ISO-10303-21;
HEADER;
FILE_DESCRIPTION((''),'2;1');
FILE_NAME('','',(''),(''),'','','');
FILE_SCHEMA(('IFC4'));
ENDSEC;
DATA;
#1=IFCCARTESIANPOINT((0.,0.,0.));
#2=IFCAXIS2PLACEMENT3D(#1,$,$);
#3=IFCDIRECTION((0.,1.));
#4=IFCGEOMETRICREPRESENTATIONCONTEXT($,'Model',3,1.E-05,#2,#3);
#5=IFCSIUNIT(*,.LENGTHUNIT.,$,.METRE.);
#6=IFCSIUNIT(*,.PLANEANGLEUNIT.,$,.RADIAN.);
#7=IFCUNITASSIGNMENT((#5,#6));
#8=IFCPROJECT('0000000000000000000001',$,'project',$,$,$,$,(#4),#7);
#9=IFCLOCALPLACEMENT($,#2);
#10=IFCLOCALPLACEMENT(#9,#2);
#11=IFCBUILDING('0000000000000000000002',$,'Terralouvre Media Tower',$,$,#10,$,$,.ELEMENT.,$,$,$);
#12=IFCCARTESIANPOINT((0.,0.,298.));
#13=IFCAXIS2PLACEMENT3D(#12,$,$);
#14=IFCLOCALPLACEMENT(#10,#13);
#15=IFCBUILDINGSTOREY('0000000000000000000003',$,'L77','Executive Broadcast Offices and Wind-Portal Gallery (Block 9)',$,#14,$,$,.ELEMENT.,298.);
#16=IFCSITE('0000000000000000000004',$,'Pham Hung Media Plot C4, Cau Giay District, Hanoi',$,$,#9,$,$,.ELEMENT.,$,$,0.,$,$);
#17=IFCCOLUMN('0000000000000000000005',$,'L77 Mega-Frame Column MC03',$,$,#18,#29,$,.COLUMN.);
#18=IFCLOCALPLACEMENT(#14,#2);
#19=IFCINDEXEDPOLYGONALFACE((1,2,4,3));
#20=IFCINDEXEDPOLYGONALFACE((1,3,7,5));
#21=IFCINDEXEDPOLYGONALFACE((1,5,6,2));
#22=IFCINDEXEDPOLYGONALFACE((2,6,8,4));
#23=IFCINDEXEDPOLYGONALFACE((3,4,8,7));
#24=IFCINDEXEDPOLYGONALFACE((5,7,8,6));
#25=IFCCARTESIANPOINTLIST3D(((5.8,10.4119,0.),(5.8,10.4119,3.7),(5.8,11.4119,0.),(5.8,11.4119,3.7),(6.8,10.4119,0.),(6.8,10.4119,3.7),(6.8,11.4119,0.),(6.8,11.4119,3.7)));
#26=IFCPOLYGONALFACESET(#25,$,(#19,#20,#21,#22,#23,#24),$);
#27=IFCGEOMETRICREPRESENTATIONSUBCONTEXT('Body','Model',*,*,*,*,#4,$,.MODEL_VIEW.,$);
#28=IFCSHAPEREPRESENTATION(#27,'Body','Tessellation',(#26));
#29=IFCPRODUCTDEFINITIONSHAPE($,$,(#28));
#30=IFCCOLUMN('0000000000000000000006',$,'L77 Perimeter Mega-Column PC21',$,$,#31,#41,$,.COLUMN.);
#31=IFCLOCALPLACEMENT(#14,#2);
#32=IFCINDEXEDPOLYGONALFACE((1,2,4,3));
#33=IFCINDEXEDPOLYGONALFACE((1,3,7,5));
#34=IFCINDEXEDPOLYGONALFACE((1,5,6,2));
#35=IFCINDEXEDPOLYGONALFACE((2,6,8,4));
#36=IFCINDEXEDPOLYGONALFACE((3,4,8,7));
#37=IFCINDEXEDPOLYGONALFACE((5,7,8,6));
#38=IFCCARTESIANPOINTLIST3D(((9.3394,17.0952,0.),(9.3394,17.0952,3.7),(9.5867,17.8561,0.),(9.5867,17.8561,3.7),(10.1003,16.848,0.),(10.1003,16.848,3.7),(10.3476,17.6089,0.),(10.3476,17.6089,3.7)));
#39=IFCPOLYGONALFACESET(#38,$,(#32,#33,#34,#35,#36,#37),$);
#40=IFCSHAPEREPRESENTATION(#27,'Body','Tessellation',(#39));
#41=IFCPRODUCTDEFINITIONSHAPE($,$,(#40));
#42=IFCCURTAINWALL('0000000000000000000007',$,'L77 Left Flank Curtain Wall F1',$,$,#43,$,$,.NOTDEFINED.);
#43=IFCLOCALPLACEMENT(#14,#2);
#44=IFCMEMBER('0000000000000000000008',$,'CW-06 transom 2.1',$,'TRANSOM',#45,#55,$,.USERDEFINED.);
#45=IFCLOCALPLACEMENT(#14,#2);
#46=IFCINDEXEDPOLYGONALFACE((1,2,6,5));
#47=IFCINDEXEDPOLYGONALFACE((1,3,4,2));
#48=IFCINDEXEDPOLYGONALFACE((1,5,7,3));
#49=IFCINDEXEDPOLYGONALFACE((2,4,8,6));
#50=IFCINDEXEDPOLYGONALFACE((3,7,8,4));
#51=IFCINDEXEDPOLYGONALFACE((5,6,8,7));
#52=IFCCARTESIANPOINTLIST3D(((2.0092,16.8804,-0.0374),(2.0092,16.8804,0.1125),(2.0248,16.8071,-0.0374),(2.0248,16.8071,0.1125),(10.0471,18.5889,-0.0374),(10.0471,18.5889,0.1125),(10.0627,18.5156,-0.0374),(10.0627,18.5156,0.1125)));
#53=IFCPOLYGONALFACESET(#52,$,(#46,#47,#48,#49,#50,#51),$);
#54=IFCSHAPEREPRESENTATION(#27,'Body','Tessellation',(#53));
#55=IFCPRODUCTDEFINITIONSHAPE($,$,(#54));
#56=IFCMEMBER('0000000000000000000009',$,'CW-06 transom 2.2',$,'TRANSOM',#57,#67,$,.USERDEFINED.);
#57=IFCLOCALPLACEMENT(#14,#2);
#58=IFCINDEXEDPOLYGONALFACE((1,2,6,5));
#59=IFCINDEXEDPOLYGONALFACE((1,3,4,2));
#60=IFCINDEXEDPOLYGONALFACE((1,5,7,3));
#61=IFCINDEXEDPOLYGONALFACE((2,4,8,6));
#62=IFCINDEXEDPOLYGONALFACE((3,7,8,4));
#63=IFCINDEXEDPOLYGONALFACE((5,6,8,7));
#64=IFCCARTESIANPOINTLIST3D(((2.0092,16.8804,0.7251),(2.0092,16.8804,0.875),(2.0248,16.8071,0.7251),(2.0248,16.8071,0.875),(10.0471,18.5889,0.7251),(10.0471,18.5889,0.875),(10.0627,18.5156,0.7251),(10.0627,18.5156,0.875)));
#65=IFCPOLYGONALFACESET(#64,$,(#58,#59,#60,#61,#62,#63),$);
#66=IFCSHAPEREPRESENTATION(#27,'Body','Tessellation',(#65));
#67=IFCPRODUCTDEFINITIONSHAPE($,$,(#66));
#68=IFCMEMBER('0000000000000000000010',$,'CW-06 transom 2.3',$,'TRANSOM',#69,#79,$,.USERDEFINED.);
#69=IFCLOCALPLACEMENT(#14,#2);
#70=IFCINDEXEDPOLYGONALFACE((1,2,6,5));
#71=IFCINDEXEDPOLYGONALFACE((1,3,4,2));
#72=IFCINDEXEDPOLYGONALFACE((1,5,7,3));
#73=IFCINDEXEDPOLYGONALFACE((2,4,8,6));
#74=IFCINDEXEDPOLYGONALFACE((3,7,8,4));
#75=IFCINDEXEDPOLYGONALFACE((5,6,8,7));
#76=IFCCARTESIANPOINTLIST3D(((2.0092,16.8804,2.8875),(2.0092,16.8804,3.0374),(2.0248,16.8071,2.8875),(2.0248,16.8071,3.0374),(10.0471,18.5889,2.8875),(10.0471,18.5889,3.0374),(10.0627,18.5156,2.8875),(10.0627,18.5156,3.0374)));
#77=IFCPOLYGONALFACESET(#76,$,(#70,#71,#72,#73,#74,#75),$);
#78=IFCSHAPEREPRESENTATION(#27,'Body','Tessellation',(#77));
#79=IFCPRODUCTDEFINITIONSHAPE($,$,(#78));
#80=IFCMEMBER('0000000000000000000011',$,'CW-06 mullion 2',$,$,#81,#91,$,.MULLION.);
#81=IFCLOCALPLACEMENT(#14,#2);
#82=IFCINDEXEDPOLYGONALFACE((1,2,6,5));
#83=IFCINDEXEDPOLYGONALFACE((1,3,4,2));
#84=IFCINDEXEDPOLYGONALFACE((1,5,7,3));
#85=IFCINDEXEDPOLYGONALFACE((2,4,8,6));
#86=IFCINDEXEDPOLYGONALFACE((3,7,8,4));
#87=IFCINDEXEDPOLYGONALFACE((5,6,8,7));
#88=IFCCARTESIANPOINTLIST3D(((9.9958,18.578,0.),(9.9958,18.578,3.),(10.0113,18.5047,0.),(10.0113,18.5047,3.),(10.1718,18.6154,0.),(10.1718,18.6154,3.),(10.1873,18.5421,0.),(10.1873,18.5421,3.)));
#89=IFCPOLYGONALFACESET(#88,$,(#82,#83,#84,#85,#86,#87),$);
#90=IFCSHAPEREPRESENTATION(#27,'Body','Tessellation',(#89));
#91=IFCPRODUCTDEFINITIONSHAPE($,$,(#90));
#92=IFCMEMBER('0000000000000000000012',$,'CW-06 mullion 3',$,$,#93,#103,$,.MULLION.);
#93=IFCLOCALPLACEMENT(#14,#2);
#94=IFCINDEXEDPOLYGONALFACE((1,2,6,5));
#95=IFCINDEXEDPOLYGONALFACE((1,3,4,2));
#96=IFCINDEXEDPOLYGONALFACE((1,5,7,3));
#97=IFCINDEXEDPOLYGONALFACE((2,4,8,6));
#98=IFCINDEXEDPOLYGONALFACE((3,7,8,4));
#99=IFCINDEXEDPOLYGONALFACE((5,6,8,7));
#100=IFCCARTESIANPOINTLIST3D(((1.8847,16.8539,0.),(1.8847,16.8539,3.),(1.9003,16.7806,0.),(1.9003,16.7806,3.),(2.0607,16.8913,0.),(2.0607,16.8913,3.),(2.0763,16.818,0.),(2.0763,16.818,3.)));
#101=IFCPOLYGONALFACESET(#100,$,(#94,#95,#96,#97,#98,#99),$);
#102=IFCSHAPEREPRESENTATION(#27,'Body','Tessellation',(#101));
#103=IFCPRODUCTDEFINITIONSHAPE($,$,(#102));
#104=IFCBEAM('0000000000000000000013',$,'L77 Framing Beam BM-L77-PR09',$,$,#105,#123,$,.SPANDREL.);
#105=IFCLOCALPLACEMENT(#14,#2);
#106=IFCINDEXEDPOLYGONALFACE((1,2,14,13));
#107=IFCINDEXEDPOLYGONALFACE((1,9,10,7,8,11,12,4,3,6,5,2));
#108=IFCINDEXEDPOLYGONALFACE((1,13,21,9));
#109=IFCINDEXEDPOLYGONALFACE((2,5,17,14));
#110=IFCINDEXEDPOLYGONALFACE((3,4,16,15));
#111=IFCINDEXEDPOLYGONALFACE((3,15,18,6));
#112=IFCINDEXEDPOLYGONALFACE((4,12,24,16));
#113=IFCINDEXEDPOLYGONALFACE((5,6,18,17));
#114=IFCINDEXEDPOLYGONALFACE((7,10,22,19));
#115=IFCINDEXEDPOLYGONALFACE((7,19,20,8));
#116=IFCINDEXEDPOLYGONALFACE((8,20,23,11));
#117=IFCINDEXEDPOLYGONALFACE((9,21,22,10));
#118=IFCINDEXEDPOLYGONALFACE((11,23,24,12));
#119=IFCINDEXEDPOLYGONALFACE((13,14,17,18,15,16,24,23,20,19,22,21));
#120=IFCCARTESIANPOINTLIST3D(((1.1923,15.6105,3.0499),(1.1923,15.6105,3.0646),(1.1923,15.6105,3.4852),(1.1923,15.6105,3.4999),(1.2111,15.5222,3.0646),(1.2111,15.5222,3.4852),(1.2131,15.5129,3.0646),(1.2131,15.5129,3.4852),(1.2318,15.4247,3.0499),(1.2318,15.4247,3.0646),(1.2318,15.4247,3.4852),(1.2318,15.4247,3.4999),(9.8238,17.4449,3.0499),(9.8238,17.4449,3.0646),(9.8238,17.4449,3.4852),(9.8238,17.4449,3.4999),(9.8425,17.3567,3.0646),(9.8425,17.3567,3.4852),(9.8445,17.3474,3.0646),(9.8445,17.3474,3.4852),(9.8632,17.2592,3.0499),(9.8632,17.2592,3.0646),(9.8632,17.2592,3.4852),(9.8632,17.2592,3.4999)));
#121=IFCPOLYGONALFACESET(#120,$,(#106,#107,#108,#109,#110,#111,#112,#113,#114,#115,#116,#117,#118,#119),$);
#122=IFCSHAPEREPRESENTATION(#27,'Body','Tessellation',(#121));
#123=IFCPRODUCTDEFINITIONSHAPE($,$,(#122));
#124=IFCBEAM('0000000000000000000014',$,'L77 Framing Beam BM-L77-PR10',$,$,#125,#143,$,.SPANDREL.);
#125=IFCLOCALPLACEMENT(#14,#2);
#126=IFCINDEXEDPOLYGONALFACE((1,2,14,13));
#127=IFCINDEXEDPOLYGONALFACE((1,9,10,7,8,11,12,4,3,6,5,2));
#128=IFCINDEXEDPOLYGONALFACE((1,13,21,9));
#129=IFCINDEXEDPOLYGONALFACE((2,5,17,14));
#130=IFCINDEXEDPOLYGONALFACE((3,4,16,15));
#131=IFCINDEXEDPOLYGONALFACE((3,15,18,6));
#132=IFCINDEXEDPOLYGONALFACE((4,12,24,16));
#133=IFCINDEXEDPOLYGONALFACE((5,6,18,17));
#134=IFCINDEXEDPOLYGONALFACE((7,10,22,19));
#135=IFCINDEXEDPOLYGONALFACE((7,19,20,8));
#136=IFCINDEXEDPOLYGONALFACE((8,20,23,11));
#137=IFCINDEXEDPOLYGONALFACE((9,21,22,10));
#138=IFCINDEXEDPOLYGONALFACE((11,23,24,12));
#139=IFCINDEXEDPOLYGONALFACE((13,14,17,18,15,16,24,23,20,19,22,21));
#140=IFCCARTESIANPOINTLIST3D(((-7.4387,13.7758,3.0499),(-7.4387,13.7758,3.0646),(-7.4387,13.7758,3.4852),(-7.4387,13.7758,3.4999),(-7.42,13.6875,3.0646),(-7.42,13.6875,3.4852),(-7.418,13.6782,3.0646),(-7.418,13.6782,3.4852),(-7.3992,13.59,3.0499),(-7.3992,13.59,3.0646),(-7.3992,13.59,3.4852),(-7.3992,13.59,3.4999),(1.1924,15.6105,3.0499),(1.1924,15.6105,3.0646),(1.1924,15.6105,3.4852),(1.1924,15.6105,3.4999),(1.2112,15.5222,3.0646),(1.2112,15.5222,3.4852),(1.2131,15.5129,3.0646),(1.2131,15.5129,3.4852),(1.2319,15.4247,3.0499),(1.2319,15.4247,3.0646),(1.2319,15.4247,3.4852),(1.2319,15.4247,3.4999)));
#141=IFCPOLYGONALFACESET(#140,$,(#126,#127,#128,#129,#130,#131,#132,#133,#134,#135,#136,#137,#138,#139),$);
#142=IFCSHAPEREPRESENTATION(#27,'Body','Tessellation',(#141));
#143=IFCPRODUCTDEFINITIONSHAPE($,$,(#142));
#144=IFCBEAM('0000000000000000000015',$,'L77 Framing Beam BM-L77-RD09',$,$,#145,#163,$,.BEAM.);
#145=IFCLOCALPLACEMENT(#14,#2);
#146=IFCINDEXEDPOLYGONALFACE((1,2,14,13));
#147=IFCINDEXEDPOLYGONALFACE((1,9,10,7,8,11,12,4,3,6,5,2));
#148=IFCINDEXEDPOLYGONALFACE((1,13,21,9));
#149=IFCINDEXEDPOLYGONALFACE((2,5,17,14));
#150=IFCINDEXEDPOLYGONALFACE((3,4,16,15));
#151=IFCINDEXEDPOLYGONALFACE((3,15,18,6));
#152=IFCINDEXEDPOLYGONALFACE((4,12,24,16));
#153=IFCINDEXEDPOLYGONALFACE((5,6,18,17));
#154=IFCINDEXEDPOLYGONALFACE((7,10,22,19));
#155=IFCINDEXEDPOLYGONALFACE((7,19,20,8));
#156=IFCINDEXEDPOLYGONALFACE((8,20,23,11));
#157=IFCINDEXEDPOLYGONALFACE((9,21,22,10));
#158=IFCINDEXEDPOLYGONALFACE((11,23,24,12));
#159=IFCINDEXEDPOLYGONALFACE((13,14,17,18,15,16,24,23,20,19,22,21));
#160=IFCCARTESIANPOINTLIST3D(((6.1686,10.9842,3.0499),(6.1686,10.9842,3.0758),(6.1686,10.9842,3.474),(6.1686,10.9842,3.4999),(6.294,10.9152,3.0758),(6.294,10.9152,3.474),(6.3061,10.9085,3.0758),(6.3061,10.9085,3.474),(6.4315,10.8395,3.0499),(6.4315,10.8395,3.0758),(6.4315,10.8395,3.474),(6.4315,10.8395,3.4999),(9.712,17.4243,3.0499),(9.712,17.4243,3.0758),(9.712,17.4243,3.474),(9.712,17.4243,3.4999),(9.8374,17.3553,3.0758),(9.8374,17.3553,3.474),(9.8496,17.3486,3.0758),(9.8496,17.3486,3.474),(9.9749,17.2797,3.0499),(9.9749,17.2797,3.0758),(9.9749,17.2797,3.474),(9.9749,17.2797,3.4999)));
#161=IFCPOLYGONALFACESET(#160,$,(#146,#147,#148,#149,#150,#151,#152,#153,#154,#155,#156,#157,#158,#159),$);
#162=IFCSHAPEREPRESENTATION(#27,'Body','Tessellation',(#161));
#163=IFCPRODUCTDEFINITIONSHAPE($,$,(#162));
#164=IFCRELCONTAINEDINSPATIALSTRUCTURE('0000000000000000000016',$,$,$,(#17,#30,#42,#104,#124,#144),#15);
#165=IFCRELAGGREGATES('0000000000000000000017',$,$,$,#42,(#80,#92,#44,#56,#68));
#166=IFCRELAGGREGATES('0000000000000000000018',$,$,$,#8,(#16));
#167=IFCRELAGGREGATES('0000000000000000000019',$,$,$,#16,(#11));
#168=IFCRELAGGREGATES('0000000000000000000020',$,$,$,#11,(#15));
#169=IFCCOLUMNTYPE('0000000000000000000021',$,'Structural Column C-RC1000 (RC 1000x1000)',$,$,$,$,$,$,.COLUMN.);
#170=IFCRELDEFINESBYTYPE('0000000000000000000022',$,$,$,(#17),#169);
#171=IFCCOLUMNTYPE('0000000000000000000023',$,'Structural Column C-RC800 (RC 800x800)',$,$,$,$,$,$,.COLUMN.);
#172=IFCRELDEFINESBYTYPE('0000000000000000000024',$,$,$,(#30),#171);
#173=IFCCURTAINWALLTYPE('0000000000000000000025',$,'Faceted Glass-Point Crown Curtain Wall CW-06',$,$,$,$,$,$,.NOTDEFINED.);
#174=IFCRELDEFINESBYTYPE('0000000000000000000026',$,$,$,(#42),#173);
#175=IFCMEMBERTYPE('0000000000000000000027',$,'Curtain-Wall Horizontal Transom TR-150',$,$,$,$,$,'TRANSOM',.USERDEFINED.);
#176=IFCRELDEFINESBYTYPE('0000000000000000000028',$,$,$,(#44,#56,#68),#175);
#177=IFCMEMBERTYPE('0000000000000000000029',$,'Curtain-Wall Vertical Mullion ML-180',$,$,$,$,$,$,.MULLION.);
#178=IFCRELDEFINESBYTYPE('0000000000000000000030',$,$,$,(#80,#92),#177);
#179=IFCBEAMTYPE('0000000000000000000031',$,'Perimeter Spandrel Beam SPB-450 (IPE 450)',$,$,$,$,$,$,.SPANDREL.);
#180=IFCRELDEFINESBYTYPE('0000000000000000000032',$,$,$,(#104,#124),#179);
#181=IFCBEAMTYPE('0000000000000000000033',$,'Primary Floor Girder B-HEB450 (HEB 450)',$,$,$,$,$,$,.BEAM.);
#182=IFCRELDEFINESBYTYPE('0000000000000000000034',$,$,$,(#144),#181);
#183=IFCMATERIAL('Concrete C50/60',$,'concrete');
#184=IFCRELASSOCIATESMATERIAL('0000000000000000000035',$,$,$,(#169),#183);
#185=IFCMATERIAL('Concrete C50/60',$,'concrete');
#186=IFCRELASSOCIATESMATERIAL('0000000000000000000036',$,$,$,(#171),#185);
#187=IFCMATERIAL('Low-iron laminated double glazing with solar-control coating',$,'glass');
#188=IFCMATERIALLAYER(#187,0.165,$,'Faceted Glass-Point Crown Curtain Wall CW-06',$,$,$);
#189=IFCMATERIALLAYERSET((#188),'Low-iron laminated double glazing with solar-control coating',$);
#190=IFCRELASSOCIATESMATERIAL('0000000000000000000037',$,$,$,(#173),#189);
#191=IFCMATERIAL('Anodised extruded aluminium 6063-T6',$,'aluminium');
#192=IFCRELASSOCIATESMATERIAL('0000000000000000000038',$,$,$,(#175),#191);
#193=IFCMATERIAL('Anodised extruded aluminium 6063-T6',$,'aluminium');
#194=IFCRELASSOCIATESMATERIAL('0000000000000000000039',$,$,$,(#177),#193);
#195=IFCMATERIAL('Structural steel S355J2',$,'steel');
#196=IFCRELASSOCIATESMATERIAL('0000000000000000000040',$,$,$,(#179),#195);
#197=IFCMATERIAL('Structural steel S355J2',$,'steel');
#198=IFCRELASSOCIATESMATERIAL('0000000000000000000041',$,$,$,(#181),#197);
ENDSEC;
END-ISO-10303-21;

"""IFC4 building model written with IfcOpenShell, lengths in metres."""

from ifc_helpers import new_model, si_unit, direction, frame, origin, origin_2d, place, context, subcontext, project, spatial, rectangle, i_section, extrude, material, layer, layer_set, material_profile, profile_set, type_object, element, aggregate, save


model = new_model("IFC4")

# Units and contexts
model_context = context("Model", 3, precision=1e-05, world=origin(), true_north=direction((0.0, 1.0)))
body_context = subcontext(model_context, "Body", "Model", "MODEL_VIEW")
ifc_project = project(units=[si_unit("LENGTHUNIT", "METRE"), si_unit("PLANEANGLEUNIT", "RADIAN")], contexts=[model_context])

# Site, building, storey
site_placement = place(None, origin())
site = spatial("IfcSite", under=ifc_project, at=site_placement, Name="Pham Hung Media Plot C4, Cau Giay District, Hanoi", CompositionType="ELEMENT", RefElevation=0.0)
building_placement = place(site_placement, origin())
building = spatial("IfcBuilding", under=site, at=building_placement, Name="Terralouvre Media Tower", CompositionType="ELEMENT")
storey_placement = place(building_placement, frame((0.0, 0.0, 298.0)))
storey = spatial("IfcBuildingStorey", under=building, at=storey_placement, Name="L77", Description="Executive Broadcast Offices and Wind-Portal Gallery (Block 9)", CompositionType="ELEMENT", Elevation=298.0)

# Columns
ifc_material_1 = material(Name="Concrete C50/60", Category="concrete")
ifc_material_profile_1 = material_profile(ifc_material_1, rectangle(XDim=1.0, YDim=1.0, at=origin_2d()), Name="RC 1000x1000")
ifc_profile_set_1 = profile_set([ifc_material_profile_1], Name="Concrete C50/60")
column_type_1 = type_object("IfcColumnType", Name="Structural Column C-RC1000 (RC 1000x1000)", PredefinedType="COLUMN", material=ifc_profile_set_1)
column_1_placement = place(storey_placement, frame((6.3, 10.9119, 0.0), z_axis=(0.0, 0.0, 1.0), x_axis=(1.0, 0.0, 0.0)))
element("IfcColumn", 1, at=column_1_placement, inside=storey, type_object=column_type_1, Name="L77 Mega-Frame Column MC03", PredefinedType="COLUMN", context=body_context, shape_type="SweptSolid", body=[
    extrude(rectangle(XDim=1.0, YDim=1.0, at=origin_2d()), origin(), (0.0, 0.0, 1.0), 3.7),
])
ifc_material_2 = material(Name="Concrete C50/60", Category="concrete")
ifc_material_profile_2 = material_profile(ifc_material_2, rectangle(XDim=0.8, YDim=0.8, at=origin_2d()), Name="RC 800x800")
ifc_profile_set_2 = profile_set([ifc_material_profile_2], Name="Concrete C50/60")
column_type_2 = type_object("IfcColumnType", Name="Structural Column C-RC800 (RC 800x800)", PredefinedType="COLUMN", material=ifc_profile_set_2)
column_2_placement = place(storey_placement, frame((9.8435, 17.3521, 0.0), z_axis=(0.0, 0.0, 1.0), x_axis=(0.309017, 0.951057, 0.0)))
element("IfcColumn", 2, at=column_2_placement, inside=storey, type_object=column_type_2, Name="L77 Perimeter Mega-Column PC21", PredefinedType="COLUMN", context=body_context, shape_type="SweptSolid", body=[
    extrude(rectangle(XDim=0.8, YDim=0.8, at=origin_2d()), origin(), (0.0, 0.0, 1.0), 3.7),
])

# Curtain wall, members
ifc_material_3 = material(Name="Low-iron laminated double glazing with solar-control coating", Category="glass")
ifc_layer_1 = layer(ifc_material_3, 0.165, Name="Faceted Glass-Point Crown Curtain Wall CW-06")
ifc_layer_set_1 = layer_set([ifc_layer_1], Name="Low-iron laminated double glazing with solar-control coating")
curtain_wall_type = type_object("IfcCurtainWallType", Name="Faceted Glass-Point Crown Curtain Wall CW-06", PredefinedType="NOTDEFINED", material=ifc_layer_set_1)
curtain_wall_placement = place(storey_placement, origin())
curtain_wall = element("IfcCurtainWall", 3, at=curtain_wall_placement, inside=storey, type_object=curtain_wall_type, Name="L77 Left Flank Curtain Wall F1", PredefinedType="NOTDEFINED")
ifc_material_4 = material(Name="Anodised extruded aluminium 6063-T6", Category="aluminium")
ifc_material_profile_3 = material_profile(ifc_material_4, rectangle(XDim=0.075, YDim=0.1499, at=origin_2d()), Name="ALU 75x150")
ifc_profile_set_3 = profile_set([ifc_material_profile_3], Name="Anodised extruded aluminium 6063-T6")
member_type_1 = type_object("IfcMemberType", Name="Curtain-Wall Horizontal Transom TR-150", ElementType="TRANSOM", PredefinedType="USERDEFINED", material=ifc_profile_set_3)
member_1_placement = place(storey_placement, frame((10.0549, 18.5522, 0.0376), z_axis=(-0.978148, -0.207912, 0.0), x_axis=(0.207912, -0.978148, 0.0)))
member_1 = element("IfcMember", 4, at=member_1_placement, type_object=member_type_1, Name="CW-06 transom 2.1", ObjectType="TRANSOM", PredefinedType="USERDEFINED", context=body_context, shape_type="SweptSolid", body=[
    extrude(rectangle(XDim=0.075, YDim=0.1499, at=origin_2d()), origin(), (0.0, 0.0, 1.0), 8.2175),
])
member_2_placement = place(storey_placement, frame((10.0549, 18.5522, 0.8), z_axis=(-0.978148, -0.207912, 0.0), x_axis=(0.207912, -0.978148, 0.0)))
member_2 = element("IfcMember", 5, at=member_2_placement, type_object=member_type_1, Name="CW-06 transom 2.2", ObjectType="TRANSOM", PredefinedType="USERDEFINED", context=body_context, shape_type="SweptSolid", body=[
    extrude(rectangle(XDim=0.075, YDim=0.1499, at=origin_2d()), origin(), (0.0, 0.0, 1.0), 8.2175),
])
member_3_placement = place(storey_placement, frame((10.0549, 18.5522, 2.9624), z_axis=(-0.978148, -0.207912, 0.0), x_axis=(0.207912, -0.978148, 0.0)))
member_3 = element("IfcMember", 6, at=member_3_placement, type_object=member_type_1, Name="CW-06 transom 2.3", ObjectType="TRANSOM", PredefinedType="USERDEFINED", context=body_context, shape_type="SweptSolid", body=[
    extrude(rectangle(XDim=0.075, YDim=0.1499, at=origin_2d()), origin(), (0.0, 0.0, 1.0), 8.2175),
])
ifc_material_5 = material(Name="Anodised extruded aluminium 6063-T6", Category="aluminium")
ifc_material_profile_4 = material_profile(ifc_material_5, rectangle(XDim=0.075, YDim=0.1799, at=origin_2d()), Name="ALU 75x180")
ifc_profile_set_4 = profile_set([ifc_material_profile_4], Name="Anodised extruded aluminium 6063-T6")
member_type_2 = type_object("IfcMemberType", Name="Curtain-Wall Vertical Mullion ML-180", PredefinedType="MULLION", material=ifc_profile_set_4)
member_4_placement = place(storey_placement, frame((10.0916, 18.5601, 0.0), z_axis=(0.0, 0.0, 1.0), x_axis=(0.207912, -0.978148, 0.0)))
member_4 = element("IfcMember", 7, at=member_4_placement, type_object=member_type_2, Name="CW-06 mullion 2", PredefinedType="MULLION", context=body_context, shape_type="SweptSolid", body=[
    extrude(rectangle(XDim=0.075, YDim=0.1799, at=origin_2d()), origin(), (0.0, 0.0, 1.0), 3.0),
])
member_5_placement = place(storey_placement, frame((1.9805, 16.8359, 0.0), z_axis=(0.0, 0.0, 1.0), x_axis=(0.207912, -0.978148, 0.0)))
member_5 = element("IfcMember", 8, at=member_5_placement, type_object=member_type_2, Name="CW-06 mullion 3", PredefinedType="MULLION", context=body_context, shape_type="SweptSolid", body=[
    extrude(rectangle(XDim=0.075, YDim=0.1799, at=origin_2d()), origin(), (0.0, 0.0, 1.0), 3.0),
])

# Beams
ifc_material_6 = material(Name="Structural steel S355J2", Category="steel")
ifc_material_profile_5 = material_profile(ifc_material_6, i_section(OverallWidth=0.1899, OverallDepth=0.45, WebThickness=0.0095, FlangeThickness=0.0146, at=origin_2d()), Name="IPE 450")
ifc_profile_set_5 = profile_set([ifc_material_profile_5], Name="Structural steel S355J2")
beam_type_1 = type_object("IfcBeamType", Name="Perimeter Spandrel Beam SPB-450 (IPE 450)", PredefinedType="SPANDREL", material=ifc_profile_set_5)
beam_1_placement = place(storey_placement, frame((9.8435, 17.3521, 3.2749), z_axis=(-0.978152, -0.207893, 0.0), x_axis=(0.207893, -0.978152, 0.0)))
element("IfcBeam", 9, at=beam_1_placement, inside=storey, type_object=beam_type_1, Name="L77 Framing Beam BM-L77-PR09", PredefinedType="SPANDREL", context=body_context, shape_type="SweptSolid", body=[
    extrude(i_section(OverallWidth=0.1899, OverallDepth=0.45, WebThickness=0.0095, FlangeThickness=0.0146, at=origin_2d()), origin(), (0.0, 0.0, 1.0), 8.8242),
])
beam_2_placement = place(storey_placement, frame((1.2122, 15.5176, 3.2749), z_axis=(-0.978145, -0.207925, 0.0), x_axis=(0.207925, -0.978145, 0.0)))
element("IfcBeam", 10, at=beam_2_placement, inside=storey, type_object=beam_type_1, Name="L77 Framing Beam BM-L77-PR10", PredefinedType="SPANDREL", context=body_context, shape_type="SweptSolid", body=[
    extrude(i_section(OverallWidth=0.1899, OverallDepth=0.45, WebThickness=0.0095, FlangeThickness=0.0146, at=origin_2d()), origin(), (0.0, 0.0, 1.0), 8.824),
])
ifc_material_7 = material(Name="Structural steel S355J2", Category="steel")
ifc_material_profile_6 = material_profile(ifc_material_7, i_section(OverallWidth=0.3, OverallDepth=0.45, WebThickness=0.0139, FlangeThickness=0.0259, at=origin_2d()), Name="HEB 450")
ifc_profile_set_6 = profile_set([ifc_material_profile_6], Name="Structural steel S355J2")
beam_type_2 = type_object("IfcBeamType", Name="Primary Floor Girder B-HEB450 (HEB 450)", PredefinedType="BEAM", material=ifc_profile_set_6)
beam_3_placement = place(storey_placement, frame((6.3, 10.9119, 3.2749), z_axis=(0.48206, 0.876138, 0.0), x_axis=(-0.876138, 0.48206, 0.0)))
element("IfcBeam", 11, at=beam_3_placement, inside=storey, type_object=beam_type_2, Name="L77 Framing Beam BM-L77-RD09", PredefinedType="BEAM", context=body_context, shape_type="SweptSolid", body=[
    extrude(i_section(OverallWidth=0.3, OverallDepth=0.45, WebThickness=0.0139, FlangeThickness=0.0259, at=origin_2d()), origin(), (0.0, 0.0, 1.0), 7.3506),
])

aggregate(curtain_wall, [member_4, member_5, member_1, member_2, member_3])

save(model, "model.ifc")
